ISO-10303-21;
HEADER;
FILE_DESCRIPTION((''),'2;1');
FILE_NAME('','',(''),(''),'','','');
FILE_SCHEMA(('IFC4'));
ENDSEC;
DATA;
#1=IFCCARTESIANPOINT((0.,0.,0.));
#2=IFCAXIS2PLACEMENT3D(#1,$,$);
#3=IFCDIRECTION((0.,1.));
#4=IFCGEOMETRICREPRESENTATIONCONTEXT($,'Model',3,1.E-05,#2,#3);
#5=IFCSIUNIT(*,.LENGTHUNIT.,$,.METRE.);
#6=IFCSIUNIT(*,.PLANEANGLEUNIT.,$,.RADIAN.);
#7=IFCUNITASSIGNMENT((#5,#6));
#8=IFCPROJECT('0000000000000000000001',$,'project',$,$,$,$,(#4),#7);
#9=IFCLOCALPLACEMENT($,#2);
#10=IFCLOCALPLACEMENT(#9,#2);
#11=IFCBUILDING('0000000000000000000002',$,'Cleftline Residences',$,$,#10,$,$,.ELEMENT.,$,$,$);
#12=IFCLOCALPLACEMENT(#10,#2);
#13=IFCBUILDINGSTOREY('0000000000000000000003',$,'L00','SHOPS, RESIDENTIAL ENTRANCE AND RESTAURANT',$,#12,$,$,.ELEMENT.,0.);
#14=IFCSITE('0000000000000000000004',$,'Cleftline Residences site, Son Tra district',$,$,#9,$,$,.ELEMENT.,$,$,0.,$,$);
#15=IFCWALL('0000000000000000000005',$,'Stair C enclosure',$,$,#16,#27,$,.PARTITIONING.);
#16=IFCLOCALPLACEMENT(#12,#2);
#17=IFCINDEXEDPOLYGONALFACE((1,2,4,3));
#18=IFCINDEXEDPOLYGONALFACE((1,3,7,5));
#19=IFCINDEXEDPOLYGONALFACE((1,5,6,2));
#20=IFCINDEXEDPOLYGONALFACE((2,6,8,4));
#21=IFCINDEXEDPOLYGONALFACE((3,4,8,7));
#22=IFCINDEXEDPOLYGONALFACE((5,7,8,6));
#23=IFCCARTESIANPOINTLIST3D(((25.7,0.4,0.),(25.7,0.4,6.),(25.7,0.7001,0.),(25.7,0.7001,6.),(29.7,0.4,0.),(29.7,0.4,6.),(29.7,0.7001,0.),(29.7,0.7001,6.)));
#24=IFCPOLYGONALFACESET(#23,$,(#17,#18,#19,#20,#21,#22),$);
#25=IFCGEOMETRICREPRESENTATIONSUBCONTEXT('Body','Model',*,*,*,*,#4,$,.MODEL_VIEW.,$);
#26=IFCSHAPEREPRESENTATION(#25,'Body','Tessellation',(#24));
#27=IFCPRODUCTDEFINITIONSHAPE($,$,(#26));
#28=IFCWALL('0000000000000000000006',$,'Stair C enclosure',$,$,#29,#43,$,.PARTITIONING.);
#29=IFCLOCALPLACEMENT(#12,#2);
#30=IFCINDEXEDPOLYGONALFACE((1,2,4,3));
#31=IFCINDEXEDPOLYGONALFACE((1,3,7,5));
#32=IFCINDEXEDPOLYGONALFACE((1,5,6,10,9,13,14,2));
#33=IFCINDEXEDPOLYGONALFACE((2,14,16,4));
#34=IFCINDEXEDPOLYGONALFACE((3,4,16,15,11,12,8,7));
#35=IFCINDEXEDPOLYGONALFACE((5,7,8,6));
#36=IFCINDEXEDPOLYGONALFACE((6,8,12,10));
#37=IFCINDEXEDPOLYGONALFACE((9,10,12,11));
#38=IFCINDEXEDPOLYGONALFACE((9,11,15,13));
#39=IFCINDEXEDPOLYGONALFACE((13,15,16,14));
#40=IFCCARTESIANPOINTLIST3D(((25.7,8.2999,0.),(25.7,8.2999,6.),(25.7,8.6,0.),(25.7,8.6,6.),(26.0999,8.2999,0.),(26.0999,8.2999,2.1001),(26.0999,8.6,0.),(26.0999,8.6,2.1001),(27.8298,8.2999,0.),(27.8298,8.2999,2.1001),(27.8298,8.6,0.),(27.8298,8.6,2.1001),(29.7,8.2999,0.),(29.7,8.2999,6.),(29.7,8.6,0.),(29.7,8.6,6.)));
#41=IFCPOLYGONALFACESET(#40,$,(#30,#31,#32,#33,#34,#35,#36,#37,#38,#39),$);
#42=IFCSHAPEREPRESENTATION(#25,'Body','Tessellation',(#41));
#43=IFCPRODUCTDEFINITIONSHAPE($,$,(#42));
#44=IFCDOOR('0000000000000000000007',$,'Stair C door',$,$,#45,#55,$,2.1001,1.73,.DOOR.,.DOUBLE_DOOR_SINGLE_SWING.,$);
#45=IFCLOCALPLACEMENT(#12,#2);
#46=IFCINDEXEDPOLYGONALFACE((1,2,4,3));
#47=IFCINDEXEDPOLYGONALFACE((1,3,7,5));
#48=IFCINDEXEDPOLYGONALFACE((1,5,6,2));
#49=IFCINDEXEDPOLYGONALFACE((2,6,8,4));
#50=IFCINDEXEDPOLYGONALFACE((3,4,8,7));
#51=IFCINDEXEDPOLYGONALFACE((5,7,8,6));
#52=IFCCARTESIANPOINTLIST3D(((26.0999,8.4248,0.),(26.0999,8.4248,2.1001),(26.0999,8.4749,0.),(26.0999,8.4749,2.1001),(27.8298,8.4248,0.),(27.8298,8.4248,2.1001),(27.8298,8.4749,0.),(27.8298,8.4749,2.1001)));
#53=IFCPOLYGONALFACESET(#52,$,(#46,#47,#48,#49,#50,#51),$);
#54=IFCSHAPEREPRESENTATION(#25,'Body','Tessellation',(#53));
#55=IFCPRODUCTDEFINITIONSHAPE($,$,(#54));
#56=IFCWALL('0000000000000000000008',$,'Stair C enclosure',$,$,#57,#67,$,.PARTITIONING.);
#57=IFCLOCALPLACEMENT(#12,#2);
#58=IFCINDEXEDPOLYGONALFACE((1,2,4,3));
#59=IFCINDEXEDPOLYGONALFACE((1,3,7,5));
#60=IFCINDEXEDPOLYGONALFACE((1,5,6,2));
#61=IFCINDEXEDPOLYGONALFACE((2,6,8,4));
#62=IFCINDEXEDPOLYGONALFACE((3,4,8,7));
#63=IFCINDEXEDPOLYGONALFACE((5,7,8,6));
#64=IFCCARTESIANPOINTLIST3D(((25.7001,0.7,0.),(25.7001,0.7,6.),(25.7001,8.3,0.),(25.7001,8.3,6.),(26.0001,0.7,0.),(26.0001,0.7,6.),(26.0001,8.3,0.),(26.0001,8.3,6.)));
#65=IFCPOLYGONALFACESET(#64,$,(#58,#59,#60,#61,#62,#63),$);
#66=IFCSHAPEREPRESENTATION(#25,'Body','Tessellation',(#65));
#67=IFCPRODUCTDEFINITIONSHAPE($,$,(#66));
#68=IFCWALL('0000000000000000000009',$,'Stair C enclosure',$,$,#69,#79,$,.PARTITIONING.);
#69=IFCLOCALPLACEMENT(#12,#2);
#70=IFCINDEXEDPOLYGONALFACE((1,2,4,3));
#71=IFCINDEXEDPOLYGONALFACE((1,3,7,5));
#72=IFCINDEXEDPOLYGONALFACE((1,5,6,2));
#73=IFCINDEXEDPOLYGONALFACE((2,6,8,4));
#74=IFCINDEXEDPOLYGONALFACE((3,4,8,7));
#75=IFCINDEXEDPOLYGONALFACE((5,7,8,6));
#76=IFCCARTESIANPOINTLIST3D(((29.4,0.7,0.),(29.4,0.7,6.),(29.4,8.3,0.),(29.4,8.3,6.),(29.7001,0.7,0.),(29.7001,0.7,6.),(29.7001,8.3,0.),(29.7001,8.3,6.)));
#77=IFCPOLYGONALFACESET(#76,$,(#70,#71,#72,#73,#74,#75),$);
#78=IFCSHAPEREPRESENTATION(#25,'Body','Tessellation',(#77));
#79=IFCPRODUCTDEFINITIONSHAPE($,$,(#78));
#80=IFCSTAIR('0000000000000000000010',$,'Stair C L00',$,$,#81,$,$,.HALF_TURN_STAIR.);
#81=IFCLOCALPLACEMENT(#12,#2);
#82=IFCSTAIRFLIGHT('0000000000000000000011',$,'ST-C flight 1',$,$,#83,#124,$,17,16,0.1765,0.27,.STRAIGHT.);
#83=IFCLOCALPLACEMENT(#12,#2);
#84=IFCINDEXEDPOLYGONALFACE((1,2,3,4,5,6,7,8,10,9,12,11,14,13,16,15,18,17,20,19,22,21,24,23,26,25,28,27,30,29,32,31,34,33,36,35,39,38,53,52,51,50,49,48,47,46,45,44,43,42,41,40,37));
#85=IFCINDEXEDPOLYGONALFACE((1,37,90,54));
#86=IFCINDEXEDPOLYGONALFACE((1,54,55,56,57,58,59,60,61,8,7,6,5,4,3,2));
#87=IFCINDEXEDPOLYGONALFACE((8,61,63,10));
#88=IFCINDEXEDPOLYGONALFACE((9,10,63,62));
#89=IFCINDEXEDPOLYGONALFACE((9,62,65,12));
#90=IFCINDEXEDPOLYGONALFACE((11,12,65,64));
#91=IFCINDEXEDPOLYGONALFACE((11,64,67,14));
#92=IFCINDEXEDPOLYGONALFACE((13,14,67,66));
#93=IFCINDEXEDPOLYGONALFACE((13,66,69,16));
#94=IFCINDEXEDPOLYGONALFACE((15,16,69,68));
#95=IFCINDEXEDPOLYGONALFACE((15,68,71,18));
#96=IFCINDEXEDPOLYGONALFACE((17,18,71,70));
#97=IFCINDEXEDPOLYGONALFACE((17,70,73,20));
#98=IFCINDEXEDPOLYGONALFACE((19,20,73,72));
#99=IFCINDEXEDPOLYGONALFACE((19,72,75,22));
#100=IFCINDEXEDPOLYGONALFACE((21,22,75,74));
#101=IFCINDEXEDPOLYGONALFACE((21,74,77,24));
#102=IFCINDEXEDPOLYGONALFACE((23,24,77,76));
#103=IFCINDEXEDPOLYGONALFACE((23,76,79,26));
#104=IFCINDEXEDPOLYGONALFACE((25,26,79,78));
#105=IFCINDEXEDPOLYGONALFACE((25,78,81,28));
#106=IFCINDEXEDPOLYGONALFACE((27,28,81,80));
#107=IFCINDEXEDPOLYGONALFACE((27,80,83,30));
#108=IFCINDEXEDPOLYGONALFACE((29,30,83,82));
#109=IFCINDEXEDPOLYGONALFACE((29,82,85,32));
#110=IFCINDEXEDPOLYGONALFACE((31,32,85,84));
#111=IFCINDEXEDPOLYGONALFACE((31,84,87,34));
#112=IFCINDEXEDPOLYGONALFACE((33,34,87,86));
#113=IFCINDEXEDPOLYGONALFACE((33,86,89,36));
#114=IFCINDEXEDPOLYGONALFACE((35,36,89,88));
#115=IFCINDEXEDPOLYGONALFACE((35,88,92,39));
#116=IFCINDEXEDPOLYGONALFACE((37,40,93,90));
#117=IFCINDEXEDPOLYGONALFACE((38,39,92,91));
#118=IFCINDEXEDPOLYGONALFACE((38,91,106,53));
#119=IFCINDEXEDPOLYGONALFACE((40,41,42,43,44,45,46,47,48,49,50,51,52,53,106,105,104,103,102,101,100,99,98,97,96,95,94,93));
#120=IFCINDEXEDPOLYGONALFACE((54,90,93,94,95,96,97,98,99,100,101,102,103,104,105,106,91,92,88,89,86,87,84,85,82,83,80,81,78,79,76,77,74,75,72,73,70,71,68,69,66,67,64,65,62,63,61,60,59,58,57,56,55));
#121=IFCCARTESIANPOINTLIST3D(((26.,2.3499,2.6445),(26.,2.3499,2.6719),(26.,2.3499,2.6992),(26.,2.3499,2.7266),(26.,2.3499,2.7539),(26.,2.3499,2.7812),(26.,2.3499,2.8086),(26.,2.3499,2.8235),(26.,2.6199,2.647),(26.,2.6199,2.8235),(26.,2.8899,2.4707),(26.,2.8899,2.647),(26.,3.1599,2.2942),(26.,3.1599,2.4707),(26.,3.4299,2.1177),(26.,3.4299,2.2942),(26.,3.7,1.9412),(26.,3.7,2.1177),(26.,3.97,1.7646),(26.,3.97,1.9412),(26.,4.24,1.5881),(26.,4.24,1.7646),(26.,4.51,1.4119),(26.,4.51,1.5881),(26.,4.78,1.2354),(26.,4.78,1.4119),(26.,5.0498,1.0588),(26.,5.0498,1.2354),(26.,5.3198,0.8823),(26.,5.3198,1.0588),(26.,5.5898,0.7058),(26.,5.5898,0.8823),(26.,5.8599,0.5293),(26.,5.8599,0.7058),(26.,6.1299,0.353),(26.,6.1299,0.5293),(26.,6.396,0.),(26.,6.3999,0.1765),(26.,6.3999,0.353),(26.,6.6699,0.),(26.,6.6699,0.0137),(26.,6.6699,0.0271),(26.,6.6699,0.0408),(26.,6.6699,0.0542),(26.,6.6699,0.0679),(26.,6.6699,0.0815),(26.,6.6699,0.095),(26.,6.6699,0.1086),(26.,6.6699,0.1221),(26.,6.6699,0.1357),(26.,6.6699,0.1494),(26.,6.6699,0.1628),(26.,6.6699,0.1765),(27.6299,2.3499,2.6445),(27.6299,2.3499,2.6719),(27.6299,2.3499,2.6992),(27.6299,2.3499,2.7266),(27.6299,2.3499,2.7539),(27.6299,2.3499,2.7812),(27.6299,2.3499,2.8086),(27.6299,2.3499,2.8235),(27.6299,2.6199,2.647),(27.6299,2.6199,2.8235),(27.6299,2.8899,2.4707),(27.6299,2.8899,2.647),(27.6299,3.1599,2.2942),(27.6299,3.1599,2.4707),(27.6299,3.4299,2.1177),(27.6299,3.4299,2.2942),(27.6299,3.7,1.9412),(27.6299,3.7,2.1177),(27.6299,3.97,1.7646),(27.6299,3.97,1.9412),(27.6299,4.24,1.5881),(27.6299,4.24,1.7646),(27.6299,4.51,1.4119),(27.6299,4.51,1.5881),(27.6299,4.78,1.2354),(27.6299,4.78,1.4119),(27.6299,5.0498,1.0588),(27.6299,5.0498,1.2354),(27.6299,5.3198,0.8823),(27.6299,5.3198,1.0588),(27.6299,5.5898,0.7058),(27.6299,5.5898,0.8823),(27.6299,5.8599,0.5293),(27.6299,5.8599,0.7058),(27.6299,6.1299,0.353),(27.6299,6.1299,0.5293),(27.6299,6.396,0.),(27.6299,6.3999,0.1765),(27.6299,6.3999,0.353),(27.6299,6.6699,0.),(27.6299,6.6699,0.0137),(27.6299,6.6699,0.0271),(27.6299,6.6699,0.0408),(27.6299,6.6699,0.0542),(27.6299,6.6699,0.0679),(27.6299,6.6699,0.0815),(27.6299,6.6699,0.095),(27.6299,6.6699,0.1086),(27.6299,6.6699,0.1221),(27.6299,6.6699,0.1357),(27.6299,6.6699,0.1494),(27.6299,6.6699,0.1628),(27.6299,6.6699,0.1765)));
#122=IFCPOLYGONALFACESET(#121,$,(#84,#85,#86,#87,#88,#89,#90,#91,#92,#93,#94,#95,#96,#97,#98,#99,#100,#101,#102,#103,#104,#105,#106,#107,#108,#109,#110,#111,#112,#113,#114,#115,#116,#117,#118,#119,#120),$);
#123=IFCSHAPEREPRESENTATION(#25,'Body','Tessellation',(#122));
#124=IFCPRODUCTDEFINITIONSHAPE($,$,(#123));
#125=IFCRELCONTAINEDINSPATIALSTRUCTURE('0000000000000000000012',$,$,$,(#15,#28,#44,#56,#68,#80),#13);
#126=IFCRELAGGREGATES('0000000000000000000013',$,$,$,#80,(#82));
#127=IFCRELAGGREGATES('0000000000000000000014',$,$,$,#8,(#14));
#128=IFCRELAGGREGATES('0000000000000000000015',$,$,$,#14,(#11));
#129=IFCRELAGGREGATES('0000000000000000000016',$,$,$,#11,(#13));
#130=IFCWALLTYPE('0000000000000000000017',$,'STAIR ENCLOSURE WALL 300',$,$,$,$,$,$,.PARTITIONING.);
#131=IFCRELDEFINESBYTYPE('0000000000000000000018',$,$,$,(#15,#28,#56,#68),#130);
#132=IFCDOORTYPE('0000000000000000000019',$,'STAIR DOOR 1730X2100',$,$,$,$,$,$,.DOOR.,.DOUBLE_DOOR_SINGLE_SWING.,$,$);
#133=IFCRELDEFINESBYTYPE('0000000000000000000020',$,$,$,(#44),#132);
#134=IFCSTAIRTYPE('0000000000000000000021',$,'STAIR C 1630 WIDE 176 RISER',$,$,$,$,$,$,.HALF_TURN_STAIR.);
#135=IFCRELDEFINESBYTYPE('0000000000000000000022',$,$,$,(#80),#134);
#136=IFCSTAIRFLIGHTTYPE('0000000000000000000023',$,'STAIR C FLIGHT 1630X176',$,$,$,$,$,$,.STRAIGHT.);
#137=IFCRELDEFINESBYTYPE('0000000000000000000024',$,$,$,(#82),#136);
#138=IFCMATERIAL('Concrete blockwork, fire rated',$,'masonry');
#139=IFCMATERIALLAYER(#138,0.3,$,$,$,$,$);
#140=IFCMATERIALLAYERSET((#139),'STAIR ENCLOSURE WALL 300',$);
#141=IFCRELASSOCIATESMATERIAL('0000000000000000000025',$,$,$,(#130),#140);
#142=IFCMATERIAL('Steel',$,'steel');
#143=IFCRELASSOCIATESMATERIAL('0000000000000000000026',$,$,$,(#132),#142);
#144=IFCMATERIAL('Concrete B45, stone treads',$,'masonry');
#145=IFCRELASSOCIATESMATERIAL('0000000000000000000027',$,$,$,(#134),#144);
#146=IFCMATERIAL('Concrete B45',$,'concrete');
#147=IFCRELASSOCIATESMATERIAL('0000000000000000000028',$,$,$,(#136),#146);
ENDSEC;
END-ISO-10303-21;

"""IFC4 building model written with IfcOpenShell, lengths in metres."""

from ifc_helpers import new_model, si_unit, direction, frame, frame_2d, origin, place, context, subcontext, project, spatial, polyline, rectangle, outline, extrude, material, layer, layer_set, type_object, element, fill, aggregate, save


model = new_model("IFC4")

# Units and contexts
model_context = context("Model", 3, precision=1e-05, world=origin(), true_north=direction((0.0, 1.0)))
body_context = subcontext(model_context, "Body", "Model", "MODEL_VIEW")
ifc_project = project(units=[si_unit("LENGTHUNIT", "METRE"), si_unit("PLANEANGLEUNIT", "RADIAN")], contexts=[model_context])

# Site, building, storey
site_placement = place(None, origin())
site = spatial("IfcSite", under=ifc_project, at=site_placement, Name="Cleftline Residences site, Son Tra district", CompositionType="ELEMENT", RefElevation=0.0)
building_placement = place(site_placement, origin())
building = spatial("IfcBuilding", under=site, at=building_placement, Name="Cleftline Residences", CompositionType="ELEMENT")
storey_placement = place(building_placement, origin())
storey = spatial("IfcBuildingStorey", under=building, at=storey_placement, Name="L00", Description="SHOPS, RESIDENTIAL ENTRANCE AND RESTAURANT", CompositionType="ELEMENT", Elevation=0.0)

# Wall
ifc_material_1 = material(Name="Concrete blockwork, fire rated", Category="masonry")
ifc_layer_1 = layer(ifc_material_1, 0.3)
ifc_layer_set_1 = layer_set([ifc_layer_1], Name="STAIR ENCLOSURE WALL 300")
wall_type_1 = type_object("IfcWallType", Name="STAIR ENCLOSURE WALL 300", PredefinedType="PARTITIONING", material=ifc_layer_set_1)
wall_1_placement = place(storey_placement, frame((25.7, 0.55, 0.0), z_axis=(0.0, 0.0, 1.0), x_axis=(1.0, 0.0, 0.0)))
element("IfcWall", 1, at=wall_1_placement, inside=storey, type_object=wall_type_1, Name="Stair C enclosure", PredefinedType="PARTITIONING", context=body_context, shape_type="SweptSolid", body=[
    extrude(rectangle(XDim=4.0, YDim=0.3, at=frame_2d((2.0, 0.0))), origin(), (0.0, 0.0, 1.0), 6.0),
])

# Wall, opening, door
wall_2_placement = place(storey_placement, frame((25.7, 8.45, 0.0), z_axis=(0.0, 0.0, 1.0), x_axis=(1.0, 0.0, 0.0)))
wall_2 = element("IfcWall", 2, at=wall_2_placement, inside=storey, type_object=wall_type_1, Name="Stair C enclosure", PredefinedType="PARTITIONING", context=body_context, shape_type="SweptSolid", body=[
    extrude(rectangle(XDim=4.0, YDim=0.3, at=frame_2d((2.0, 0.0))), origin(), (0.0, 0.0, 1.0), 6.0),
])
opening_1_placement = place(wall_2_placement, frame((0.3999, 0.0, 0.0)))
opening_1 = element("IfcOpeningElement", 3, at=opening_1_placement, cuts=wall_2, PredefinedType="OPENING", context=body_context, shape_type="SweptSolid", body=[
    extrude(rectangle(XDim=1.73, YDim=2.1001, at=frame_2d((0.865, 1.05))), frame((0.0, 0.1599, 0.0), z_axis=(0.0, -1.0, 0.0), x_axis=(1.0, 0.0, 0.0)), (0.0, 0.0, 1.0), 0.3201),
])
ifc_material_2 = material(Name="Steel", Category="steel")
door_type_1 = type_object("IfcDoorType", Name="STAIR DOOR 1730X2100", OperationType="DOUBLE_DOOR_SINGLE_SWING", PredefinedType="DOOR", material=ifc_material_2)
door_1_placement = place(opening_1_placement, origin())
door_1 = element("IfcDoor", 4, at=door_1_placement, inside=storey, type_object=door_type_1, Name="Stair C door", OperationType="DOUBLE_DOOR_SINGLE_SWING", OverallHeight=2.1001, OverallWidth=1.73, PredefinedType="DOOR", context=body_context, shape_type="SweptSolid", body=[
    extrude(rectangle(XDim=1.73, YDim=2.1001, at=frame_2d((0.865, 1.05))), frame((0.0, 0.0249, 0.0), z_axis=(0.0, -1.0, 0.0), x_axis=(1.0, 0.0, 0.0)), (0.0, 0.0, 1.0), 0.05),
])
fill(opening_1, door_1)

# Walls
for number, where, z_axis, x_axis, name in (
    (5, (25.8501, 0.7, 0.0), (0.0, 0.0, 1.0), (0.0, 1.0, 0.0), "Stair C enclosure"),
    (6, (29.55, 0.7, 0.0), (0.0, 0.0, 1.0), (0.0, 1.0, 0.0), "Stair C enclosure"),
):
    element("IfcWall", number, at=place(storey_placement, frame(where, z_axis=z_axis, x_axis=x_axis)), inside=storey, type_object=wall_type_1, Name=name, PredefinedType="PARTITIONING", context=body_context, shape_type="SweptSolid", body=[
        extrude(rectangle(XDim=7.6001, YDim=0.3, at=frame_2d((3.8, 0.0))), origin(), (0.0, 0.0, 1.0), 6.0),
    ])

# Stair, stair flight
ifc_material_3 = material(Name="Concrete B45, stone treads", Category="masonry")
stair_type = type_object("IfcStairType", Name="STAIR C 1630 WIDE 176 RISER", PredefinedType="HALF_TURN_STAIR", material=ifc_material_3)
stair_placement = place(storey_placement, origin())
stair = element("IfcStair", 7, at=stair_placement, inside=storey, type_object=stair_type, Name="Stair C L00", PredefinedType="HALF_TURN_STAIR")
ifc_material_4 = material(Name="Concrete B45", Category="concrete")
stair_flight_type = type_object("IfcStairFlightType", Name="STAIR C FLIGHT 1630X176", PredefinedType="STRAIGHT", material=ifc_material_4)
stair_flight_1_placement = place(storey_placement, frame((26.8149, 6.6699, 0.0), z_axis=(0.0, 0.0, 1.0), x_axis=(0.0, -1.0, 0.0)))
stair_flight_1 = element("IfcStairFlight", 8, at=stair_flight_1_placement, type_object=stair_flight_type, Name="ST-C flight 1", NumberOfRisers=17, NumberOfTreads=16, PredefinedType="STRAIGHT", RiserHeight=0.1765, TreadLength=0.27, context=body_context, shape_type="SweptSolid", body=[
    extrude(outline(polyline([(0.0, 0.0), (0.0, 0.0137), (0.0, 0.0271), (0.0, 0.0408), (0.0, 0.0542), (0.0, 0.0679), (0.0, 0.0815), (0.0, 0.095), (0.0, 0.1086), (0.0, 0.1221), (0.0, 0.1357), (0.0, 0.1494), (0.0, 0.1628), (0.0, 0.1765), (0.27, 0.1765), (0.27, 0.353), (0.54, 0.353), (0.54, 0.5293), (0.8101, 0.5293), (0.8101, 0.7058), (1.0801, 0.7058), (1.0801, 0.8823), (1.3501, 0.8823), (1.3501, 1.0588), (1.6201, 1.0588), (1.6201, 1.2354), (1.8899, 1.2354), (1.8899, 1.4119), (2.1599, 1.4119), (2.1599, 1.5881), (2.4299, 1.5881), (2.4299, 1.7646), (2.7, 1.7646), (2.7, 1.9412), (2.97, 1.9412), (2.97, 2.1177), (3.24, 2.1177), (3.24, 2.2942), (3.51, 2.2942), (3.51, 2.4707), (3.78, 2.4707), (3.78, 2.647), (4.05, 2.647), (4.05, 2.8235), (4.3201, 2.8235), (4.3201, 3.0), (4.3201, 2.9727), (4.3201, 2.9453), (4.3201, 2.918), (4.3201, 2.8906), (4.3201, 2.8633), (4.3201, 2.8359), (4.3201, 2.8086), (4.3201, 2.7812), (4.3201, 2.7539), (4.3201, 2.7266), (4.3201, 2.6992), (4.3201, 2.6719), (4.3201, 2.6445), (0.2739, 0.0), (0.0, 0.0)])), frame((0.0, 0.8149, 0.0), z_axis=(0.0, -1.0, 0.0), x_axis=(1.0, 0.0, 0.0)), (0.0, 0.0, 1.0), 1.6299),
])
aggregate(stair, [stair_flight_1])

save(model, "model.ifc")
